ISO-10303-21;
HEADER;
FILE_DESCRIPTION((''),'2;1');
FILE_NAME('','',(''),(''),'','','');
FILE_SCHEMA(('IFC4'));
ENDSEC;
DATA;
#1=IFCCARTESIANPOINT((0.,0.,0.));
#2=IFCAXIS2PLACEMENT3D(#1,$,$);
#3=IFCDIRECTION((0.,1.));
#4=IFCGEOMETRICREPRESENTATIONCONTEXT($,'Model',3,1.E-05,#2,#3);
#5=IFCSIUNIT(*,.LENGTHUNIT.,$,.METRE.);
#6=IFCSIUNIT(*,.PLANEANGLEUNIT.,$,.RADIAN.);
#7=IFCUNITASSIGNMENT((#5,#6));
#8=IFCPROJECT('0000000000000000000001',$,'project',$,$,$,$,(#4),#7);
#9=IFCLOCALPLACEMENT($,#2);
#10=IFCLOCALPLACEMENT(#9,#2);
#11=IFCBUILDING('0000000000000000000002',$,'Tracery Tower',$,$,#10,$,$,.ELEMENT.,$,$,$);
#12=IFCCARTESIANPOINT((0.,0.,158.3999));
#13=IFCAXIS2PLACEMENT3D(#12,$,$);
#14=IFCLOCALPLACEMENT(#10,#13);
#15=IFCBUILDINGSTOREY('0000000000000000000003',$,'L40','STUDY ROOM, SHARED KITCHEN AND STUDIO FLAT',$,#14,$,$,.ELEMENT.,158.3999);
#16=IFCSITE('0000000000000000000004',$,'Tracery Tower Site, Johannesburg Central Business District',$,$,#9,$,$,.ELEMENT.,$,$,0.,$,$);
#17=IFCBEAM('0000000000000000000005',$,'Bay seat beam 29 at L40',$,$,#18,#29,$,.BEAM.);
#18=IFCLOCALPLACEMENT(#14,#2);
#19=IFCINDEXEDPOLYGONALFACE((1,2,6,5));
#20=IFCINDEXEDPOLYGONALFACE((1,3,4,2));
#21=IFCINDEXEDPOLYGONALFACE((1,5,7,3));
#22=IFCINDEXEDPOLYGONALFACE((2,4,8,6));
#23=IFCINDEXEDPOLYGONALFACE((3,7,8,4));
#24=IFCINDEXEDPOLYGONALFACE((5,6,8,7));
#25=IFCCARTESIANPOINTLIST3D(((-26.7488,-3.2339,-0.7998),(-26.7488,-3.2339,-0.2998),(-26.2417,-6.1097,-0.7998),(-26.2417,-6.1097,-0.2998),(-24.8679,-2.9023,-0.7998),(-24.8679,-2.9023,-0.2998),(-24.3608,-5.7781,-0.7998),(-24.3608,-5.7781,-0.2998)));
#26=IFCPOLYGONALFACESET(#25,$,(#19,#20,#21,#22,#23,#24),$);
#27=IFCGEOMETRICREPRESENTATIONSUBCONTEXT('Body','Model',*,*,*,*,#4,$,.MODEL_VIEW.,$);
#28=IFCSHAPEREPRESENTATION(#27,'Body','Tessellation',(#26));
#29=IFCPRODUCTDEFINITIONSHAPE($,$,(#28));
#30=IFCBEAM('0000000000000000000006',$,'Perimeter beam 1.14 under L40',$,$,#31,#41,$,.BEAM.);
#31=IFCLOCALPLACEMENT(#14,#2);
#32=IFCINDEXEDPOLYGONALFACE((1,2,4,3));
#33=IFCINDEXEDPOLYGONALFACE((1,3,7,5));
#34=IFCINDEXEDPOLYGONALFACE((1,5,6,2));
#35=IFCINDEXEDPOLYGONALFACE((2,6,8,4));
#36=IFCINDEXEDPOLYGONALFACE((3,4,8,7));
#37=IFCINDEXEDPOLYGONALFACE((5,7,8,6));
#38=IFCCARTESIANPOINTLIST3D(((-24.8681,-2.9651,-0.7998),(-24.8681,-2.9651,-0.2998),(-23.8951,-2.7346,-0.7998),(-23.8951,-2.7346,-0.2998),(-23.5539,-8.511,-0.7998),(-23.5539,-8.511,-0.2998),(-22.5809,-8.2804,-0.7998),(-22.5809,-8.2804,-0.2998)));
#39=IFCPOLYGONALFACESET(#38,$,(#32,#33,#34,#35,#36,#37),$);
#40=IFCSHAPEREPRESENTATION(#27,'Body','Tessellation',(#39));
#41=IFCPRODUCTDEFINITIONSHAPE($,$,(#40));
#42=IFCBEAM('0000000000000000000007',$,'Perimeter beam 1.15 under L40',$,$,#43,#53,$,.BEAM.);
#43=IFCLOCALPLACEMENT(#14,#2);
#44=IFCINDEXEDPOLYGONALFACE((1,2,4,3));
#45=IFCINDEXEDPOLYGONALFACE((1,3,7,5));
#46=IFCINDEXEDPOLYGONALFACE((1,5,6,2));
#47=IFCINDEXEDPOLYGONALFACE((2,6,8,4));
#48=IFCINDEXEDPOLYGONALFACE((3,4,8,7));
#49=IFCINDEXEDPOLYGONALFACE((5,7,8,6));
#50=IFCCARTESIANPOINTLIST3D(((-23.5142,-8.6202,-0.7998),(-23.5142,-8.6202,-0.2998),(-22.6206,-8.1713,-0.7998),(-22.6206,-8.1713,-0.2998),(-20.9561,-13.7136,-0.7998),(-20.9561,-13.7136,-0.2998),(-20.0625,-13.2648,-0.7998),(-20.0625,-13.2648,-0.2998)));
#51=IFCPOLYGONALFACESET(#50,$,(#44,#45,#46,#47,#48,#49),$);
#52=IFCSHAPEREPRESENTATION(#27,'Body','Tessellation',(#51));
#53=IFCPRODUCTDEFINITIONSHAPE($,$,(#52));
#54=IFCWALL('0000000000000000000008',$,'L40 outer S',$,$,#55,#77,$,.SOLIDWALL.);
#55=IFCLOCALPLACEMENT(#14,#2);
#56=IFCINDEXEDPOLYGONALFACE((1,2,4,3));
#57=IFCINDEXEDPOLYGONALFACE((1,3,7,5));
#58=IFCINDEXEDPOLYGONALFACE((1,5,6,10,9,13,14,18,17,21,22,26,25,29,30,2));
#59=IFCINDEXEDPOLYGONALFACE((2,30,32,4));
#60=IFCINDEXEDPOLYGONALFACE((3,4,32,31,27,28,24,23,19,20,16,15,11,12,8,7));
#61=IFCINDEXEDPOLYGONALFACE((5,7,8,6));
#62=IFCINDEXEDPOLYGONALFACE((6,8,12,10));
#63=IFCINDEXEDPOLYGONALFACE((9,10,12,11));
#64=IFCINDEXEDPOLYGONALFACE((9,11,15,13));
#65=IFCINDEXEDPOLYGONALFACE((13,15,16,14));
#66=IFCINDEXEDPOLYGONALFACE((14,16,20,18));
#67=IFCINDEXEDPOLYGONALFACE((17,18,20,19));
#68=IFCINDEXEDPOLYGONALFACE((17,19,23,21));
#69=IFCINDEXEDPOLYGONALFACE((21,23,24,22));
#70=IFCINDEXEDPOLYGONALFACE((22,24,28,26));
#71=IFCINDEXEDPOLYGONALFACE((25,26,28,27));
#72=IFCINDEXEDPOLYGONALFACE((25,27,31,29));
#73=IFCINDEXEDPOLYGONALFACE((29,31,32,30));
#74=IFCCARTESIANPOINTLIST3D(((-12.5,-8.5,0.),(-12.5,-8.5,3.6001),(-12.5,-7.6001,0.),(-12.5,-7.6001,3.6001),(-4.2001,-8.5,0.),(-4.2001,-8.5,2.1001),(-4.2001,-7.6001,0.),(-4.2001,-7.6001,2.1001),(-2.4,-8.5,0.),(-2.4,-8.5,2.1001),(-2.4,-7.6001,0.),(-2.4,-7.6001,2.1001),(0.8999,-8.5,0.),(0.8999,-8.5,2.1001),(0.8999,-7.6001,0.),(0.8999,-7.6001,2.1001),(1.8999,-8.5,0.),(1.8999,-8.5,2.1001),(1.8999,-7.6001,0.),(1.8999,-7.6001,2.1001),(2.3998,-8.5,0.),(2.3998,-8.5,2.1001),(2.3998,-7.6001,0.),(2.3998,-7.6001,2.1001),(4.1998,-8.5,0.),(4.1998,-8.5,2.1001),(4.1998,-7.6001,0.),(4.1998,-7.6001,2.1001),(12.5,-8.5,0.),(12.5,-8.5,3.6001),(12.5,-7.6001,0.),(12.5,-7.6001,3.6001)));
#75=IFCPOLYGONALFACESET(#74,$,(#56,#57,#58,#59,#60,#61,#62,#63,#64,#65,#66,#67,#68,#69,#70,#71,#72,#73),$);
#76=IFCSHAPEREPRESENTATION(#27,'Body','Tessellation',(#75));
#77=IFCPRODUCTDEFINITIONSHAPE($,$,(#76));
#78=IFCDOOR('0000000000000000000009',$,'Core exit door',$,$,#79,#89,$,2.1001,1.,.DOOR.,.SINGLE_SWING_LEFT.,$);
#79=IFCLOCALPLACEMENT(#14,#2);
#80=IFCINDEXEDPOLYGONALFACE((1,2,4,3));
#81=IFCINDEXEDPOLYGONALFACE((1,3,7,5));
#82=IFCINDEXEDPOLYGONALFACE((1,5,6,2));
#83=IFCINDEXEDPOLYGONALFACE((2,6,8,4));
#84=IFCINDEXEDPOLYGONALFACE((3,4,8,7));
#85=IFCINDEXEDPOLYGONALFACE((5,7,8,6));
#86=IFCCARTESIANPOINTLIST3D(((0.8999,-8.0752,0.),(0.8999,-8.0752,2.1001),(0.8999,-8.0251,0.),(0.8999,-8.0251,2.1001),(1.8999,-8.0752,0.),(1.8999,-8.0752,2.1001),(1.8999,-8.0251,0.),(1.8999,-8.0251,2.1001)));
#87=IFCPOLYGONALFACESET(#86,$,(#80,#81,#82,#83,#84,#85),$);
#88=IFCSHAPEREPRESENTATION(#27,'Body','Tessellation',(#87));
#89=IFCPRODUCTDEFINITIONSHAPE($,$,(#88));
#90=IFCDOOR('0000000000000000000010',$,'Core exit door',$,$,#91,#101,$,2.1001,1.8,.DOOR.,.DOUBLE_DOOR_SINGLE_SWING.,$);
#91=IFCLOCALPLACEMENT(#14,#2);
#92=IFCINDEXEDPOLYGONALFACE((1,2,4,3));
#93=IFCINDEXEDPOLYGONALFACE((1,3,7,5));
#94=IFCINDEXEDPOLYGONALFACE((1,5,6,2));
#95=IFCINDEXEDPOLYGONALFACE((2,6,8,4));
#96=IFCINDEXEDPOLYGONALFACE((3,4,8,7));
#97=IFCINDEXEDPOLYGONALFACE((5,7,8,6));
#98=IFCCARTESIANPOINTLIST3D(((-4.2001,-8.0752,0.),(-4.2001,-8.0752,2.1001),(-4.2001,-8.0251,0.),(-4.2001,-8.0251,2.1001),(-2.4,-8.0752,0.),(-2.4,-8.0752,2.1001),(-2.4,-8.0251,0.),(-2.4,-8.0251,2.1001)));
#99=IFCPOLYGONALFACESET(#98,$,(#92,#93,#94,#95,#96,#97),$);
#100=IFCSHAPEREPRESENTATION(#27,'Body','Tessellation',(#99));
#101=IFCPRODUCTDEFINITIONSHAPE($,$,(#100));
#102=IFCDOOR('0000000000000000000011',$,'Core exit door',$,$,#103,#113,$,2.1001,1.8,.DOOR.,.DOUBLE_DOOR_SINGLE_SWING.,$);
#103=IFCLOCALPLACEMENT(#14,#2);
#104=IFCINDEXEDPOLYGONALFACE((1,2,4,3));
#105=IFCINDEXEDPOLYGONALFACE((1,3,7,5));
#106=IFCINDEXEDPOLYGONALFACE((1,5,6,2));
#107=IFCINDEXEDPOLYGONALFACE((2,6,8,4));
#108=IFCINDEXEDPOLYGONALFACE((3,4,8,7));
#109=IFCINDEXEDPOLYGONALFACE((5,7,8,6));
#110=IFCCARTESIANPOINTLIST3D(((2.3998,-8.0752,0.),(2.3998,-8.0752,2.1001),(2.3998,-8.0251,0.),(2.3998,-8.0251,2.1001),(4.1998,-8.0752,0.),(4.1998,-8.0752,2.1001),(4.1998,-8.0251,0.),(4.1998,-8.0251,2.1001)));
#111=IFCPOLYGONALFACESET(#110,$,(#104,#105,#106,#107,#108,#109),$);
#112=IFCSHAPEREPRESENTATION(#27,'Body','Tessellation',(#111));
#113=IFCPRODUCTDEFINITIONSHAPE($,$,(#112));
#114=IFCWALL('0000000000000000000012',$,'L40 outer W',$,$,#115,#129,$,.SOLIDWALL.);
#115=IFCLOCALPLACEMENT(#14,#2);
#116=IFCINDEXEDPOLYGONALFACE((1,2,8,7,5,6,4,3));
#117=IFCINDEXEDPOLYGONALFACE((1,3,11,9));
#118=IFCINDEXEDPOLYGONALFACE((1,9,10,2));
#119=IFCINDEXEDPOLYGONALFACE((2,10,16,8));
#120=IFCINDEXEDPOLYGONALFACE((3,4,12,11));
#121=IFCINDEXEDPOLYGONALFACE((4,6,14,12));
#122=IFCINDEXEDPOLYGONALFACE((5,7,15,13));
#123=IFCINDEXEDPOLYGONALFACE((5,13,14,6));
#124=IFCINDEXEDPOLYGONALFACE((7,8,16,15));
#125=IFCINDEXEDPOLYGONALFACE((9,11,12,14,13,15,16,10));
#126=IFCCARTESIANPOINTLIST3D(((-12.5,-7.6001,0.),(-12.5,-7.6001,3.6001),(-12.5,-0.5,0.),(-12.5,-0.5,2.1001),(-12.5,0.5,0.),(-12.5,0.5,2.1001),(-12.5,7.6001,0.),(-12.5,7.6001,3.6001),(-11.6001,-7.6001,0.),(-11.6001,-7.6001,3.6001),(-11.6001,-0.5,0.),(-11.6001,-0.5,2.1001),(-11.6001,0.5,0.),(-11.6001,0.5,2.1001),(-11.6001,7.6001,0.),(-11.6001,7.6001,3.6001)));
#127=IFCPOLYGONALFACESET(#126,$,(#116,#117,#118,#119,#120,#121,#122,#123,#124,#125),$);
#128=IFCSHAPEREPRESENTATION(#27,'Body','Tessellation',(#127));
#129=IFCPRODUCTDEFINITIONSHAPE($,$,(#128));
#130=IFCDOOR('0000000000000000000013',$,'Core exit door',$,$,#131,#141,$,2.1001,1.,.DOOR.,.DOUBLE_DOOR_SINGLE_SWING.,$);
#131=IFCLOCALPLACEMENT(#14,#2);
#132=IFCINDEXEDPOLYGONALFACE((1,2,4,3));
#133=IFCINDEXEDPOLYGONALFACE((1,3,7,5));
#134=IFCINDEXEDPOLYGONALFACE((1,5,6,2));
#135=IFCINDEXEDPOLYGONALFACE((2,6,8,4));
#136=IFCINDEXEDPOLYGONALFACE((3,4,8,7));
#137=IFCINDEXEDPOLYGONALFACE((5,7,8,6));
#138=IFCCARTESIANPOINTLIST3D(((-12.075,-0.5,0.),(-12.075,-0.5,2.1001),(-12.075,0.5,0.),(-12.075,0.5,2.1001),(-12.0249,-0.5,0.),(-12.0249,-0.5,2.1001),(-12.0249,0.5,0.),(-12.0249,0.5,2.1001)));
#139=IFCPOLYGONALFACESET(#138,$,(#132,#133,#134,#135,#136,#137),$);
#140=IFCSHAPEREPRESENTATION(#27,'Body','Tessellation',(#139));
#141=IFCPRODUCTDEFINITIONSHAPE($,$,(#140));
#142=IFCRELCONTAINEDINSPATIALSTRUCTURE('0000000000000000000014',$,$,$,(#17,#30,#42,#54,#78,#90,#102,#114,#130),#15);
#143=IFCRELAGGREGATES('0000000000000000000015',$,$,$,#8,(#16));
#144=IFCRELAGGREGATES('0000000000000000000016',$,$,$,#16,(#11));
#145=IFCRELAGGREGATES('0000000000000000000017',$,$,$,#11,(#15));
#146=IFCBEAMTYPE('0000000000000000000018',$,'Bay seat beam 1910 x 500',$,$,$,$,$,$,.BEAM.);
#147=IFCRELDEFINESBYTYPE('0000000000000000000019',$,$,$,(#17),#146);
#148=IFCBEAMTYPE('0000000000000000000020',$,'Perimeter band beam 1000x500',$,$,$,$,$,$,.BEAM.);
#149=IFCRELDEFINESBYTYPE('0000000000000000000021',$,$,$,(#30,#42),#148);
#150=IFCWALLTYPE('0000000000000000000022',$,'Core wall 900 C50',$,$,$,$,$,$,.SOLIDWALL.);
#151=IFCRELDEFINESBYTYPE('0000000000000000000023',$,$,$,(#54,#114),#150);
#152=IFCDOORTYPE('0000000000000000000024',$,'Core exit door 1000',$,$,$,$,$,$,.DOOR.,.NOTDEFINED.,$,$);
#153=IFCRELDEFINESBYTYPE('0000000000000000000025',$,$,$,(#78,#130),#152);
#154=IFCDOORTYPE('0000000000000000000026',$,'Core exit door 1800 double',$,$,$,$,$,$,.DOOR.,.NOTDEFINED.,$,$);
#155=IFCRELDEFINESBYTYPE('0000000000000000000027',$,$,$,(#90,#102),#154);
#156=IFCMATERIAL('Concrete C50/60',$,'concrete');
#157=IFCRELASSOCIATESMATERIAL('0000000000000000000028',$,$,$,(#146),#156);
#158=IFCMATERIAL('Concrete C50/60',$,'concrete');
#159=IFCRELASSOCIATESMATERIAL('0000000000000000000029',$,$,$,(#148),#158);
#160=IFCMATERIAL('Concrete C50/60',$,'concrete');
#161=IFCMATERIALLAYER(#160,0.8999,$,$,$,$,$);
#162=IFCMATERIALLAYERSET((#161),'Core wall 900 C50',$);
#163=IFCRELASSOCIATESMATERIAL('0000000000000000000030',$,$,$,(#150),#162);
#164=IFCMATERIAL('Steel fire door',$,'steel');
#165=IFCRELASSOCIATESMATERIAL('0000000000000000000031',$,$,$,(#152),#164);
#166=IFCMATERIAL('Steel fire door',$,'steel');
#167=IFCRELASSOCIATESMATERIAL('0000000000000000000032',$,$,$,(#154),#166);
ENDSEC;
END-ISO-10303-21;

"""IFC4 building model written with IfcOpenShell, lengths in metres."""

from ifc_helpers import new_model, si_unit, direction, frame, frame_2d, origin, origin_2d, place, context, subcontext, project, spatial, rectangle, extrude, material, layer, layer_set, material_profile, profile_set, type_object, element, fill, save


model = new_model("IFC4")

# Units and contexts
model_context = context("Model", 3, precision=1e-05, world=origin(), true_north=direction((0.0, 1.0)))
body_context = subcontext(model_context, "Body", "Model", "MODEL_VIEW")
ifc_project = project(units=[si_unit("LENGTHUNIT", "METRE"), si_unit("PLANEANGLEUNIT", "RADIAN")], contexts=[model_context])

# Site, building, storey
site_placement = place(None, origin())
site = spatial("IfcSite", under=ifc_project, at=site_placement, Name="Tracery Tower Site, Johannesburg Central Business District", CompositionType="ELEMENT", RefElevation=0.0)
building_placement = place(site_placement, origin())
building = spatial("IfcBuilding", under=site, at=building_placement, Name="Tracery Tower", CompositionType="ELEMENT")
storey_placement = place(building_placement, frame((0.0, 0.0, 158.3999)))
storey = spatial("IfcBuildingStorey", under=building, at=storey_placement, Name="L40", Description="STUDY ROOM, SHARED KITCHEN AND STUDIO FLAT", CompositionType="ELEMENT", Elevation=158.3999)

# Beams
ifc_material_1 = material(Name="Concrete C50/60", Category="concrete")
ifc_material_profile_1 = material_profile(ifc_material_1, rectangle(XDim=1.9099, YDim=0.5, at=origin_2d()), Name="RC 1910x500")
ifc_profile_set_1 = profile_set([ifc_material_profile_1], Name="Concrete C50/60")
beam_type_1 = type_object("IfcBeamType", Name="Bay seat beam 1910 x 500", PredefinedType="BEAM", material=ifc_profile_set_1)
beam_1_placement = place(storey_placement, frame((-25.8083, -3.0681, -0.5498), z_axis=(0.173652, -0.984807, 0.0), x_axis=(0.984807, 0.173652, 0.0)))
element("IfcBeam", 1, at=beam_1_placement, inside=storey, type_object=beam_type_1, Name="Bay seat beam 29 at L40", PredefinedType="BEAM", context=body_context, shape_type="SweptSolid", body=[
    extrude(rectangle(XDim=1.9099, YDim=0.5, at=origin_2d()), origin(), (0.0, 0.0, 1.0), 2.9202),
])
ifc_material_2 = material(Name="Concrete C50/60", Category="concrete")
ifc_material_profile_2 = material_profile(ifc_material_2, rectangle(XDim=1.0, YDim=0.5, at=origin_2d()), Name="RC 1000x500")
ifc_profile_set_2 = profile_set([ifc_material_profile_2], Name="Concrete C50/60")
beam_type_2 = type_object("IfcBeamType", Name="Perimeter band beam 1000x500", PredefinedType="BEAM", material=ifc_profile_set_2)
beam_2_placement = place(storey_placement, frame((-24.3816, -2.8499, -0.5498), z_axis=(0.230584, -0.973052, 0.0), x_axis=(0.973052, 0.230584, 0.0)))
element("IfcBeam", 2, at=beam_2_placement, inside=storey, type_object=beam_type_2, Name="Perimeter beam 1.14 under L40", PredefinedType="BEAM", context=body_context, shape_type="SweptSolid", body=[
    extrude(rectangle(XDim=1.0, YDim=0.5, at=origin_2d()), origin(), (0.0, 0.0, 1.0), 5.6995),
])
beam_3_placement = place(storey_placement, frame((-23.0674, -8.3958, -0.5498), z_axis=(0.448806, -0.893629, 0.0), x_axis=(0.893629, 0.448806, 0.0)))
element("IfcBeam", 3, at=beam_3_placement, inside=storey, type_object=beam_type_2, Name="Perimeter beam 1.15 under L40", PredefinedType="BEAM", context=body_context, shape_type="SweptSolid", body=[
    extrude(rectangle(XDim=1.0, YDim=0.5, at=origin_2d()), origin(), (0.0, 0.0, 1.0), 5.6997),
])

# Wall, openings, doors
ifc_material_3 = material(Name="Concrete C50/60", Category="concrete")
ifc_layer_1 = layer(ifc_material_3, 0.8999)
ifc_layer_set_1 = layer_set([ifc_layer_1], Name="Core wall 900 C50")
wall_type_1 = type_object("IfcWallType", Name="Core wall 900 C50", PredefinedType="SOLIDWALL", material=ifc_layer_set_1)
wall_1_placement = place(storey_placement, frame((-12.5, -8.05, 0.0), z_axis=(0.0, 0.0, 1.0), x_axis=(1.0, 0.0, 0.0)))
wall_1 = element("IfcWall", 4, at=wall_1_placement, inside=storey, type_object=wall_type_1, Name="L40 outer S", PredefinedType="SOLIDWALL", context=body_context, shape_type="SweptSolid", body=[
    extrude(rectangle(XDim=25.0, YDim=0.8999, at=frame_2d((12.5, 0.0))), origin(), (0.0, 0.0, 1.0), 3.6001),
])
opening_1_placement = place(wall_1_placement, frame((13.3999, 0.0, 0.0)))
opening_1 = element("IfcOpeningElement", 5, at=opening_1_placement, cuts=wall_1, PredefinedType="OPENING", context=body_context, shape_type="SweptSolid", body=[
    extrude(rectangle(XDim=1.0, YDim=2.1001, at=frame_2d((0.5, 1.05))), frame((0.0, 0.45, 0.0), z_axis=(0.0, -1.0, 0.0), x_axis=(1.0, 0.0, 0.0)), (0.0, 0.0, 1.0), 0.8999),
])
opening_2_placement = place(wall_1_placement, frame((8.3, 0.0, 0.0)))
opening_2 = element("IfcOpeningElement", 6, at=opening_2_placement, cuts=wall_1, PredefinedType="OPENING", context=body_context, shape_type="SweptSolid", body=[
    extrude(rectangle(XDim=1.8, YDim=2.1001, at=frame_2d((0.8999, 1.05))), frame((0.0, 0.45, 0.0), z_axis=(0.0, -1.0, 0.0), x_axis=(1.0, 0.0, 0.0)), (0.0, 0.0, 1.0), 0.8999),
])
opening_3_placement = place(wall_1_placement, frame((14.8999, 0.0, 0.0)))
opening_3 = element("IfcOpeningElement", 7, at=opening_3_placement, cuts=wall_1, PredefinedType="OPENING", context=body_context, shape_type="SweptSolid", body=[
    extrude(rectangle(XDim=1.8, YDim=2.1001, at=frame_2d((0.8999, 1.05))), frame((0.0, 0.45, 0.0), z_axis=(0.0, -1.0, 0.0), x_axis=(1.0, 0.0, 0.0)), (0.0, 0.0, 1.0), 0.8999),
])
ifc_material_4 = material(Name="Steel fire door", Category="steel")
door_type_1 = type_object("IfcDoorType", Name="Core exit door 1000", OperationType="NOTDEFINED", PredefinedType="DOOR", material=ifc_material_4)
door_1_placement = place(opening_1_placement, origin())
door_1 = element("IfcDoor", 8, at=door_1_placement, inside=storey, type_object=door_type_1, Name="Core exit door", OperationType="SINGLE_SWING_LEFT", OverallHeight=2.1001, OverallWidth=1.0, PredefinedType="DOOR", context=body_context, shape_type="SweptSolid", body=[
    extrude(rectangle(XDim=1.0, YDim=2.1001, at=frame_2d((0.5, 1.05))), frame((0.0, 0.0249, 0.0), z_axis=(0.0, -1.0, 0.0), x_axis=(1.0, 0.0, 0.0)), (0.0, 0.0, 1.0), 0.05),
])
fill(opening_1, door_1)
ifc_material_5 = material(Name="Steel fire door", Category="steel")
door_type_2 = type_object("IfcDoorType", Name="Core exit door 1800 double", OperationType="NOTDEFINED", PredefinedType="DOOR", material=ifc_material_5)
door_2_placement = place(opening_2_placement, origin())
door_2 = element("IfcDoor", 9, at=door_2_placement, inside=storey, type_object=door_type_2, Name="Core exit door", OperationType="DOUBLE_DOOR_SINGLE_SWING", OverallHeight=2.1001, OverallWidth=1.8, PredefinedType="DOOR", context=body_context, shape_type="SweptSolid", body=[
    extrude(rectangle(XDim=1.8, YDim=2.1001, at=frame_2d((0.8999, 1.05))), frame((0.0, 0.0249, 0.0), z_axis=(0.0, -1.0, 0.0), x_axis=(1.0, 0.0, 0.0)), (0.0, 0.0, 1.0), 0.05),
])
fill(opening_2, door_2)
door_3_placement = place(opening_3_placement, origin())
door_3 = element("IfcDoor", 10, at=door_3_placement, inside=storey, type_object=door_type_2, Name="Core exit door", OperationType="DOUBLE_DOOR_SINGLE_SWING", OverallHeight=2.1001, OverallWidth=1.8, PredefinedType="DOOR", context=body_context, shape_type="SweptSolid", body=[
    extrude(rectangle(XDim=1.8, YDim=2.1001, at=frame_2d((0.8999, 1.05))), frame((0.0, 0.0249, 0.0), z_axis=(0.0, -1.0, 0.0), x_axis=(1.0, 0.0, 0.0)), (0.0, 0.0, 1.0), 0.05),
])
fill(opening_3, door_3)

# Wall, opening, door
wall_2_placement = place(storey_placement, frame((-12.05, -7.6001, 0.0), z_axis=(0.0, 0.0, 1.0), x_axis=(0.0, 1.0, 0.0)))
wall_2 = element("IfcWall", 11, at=wall_2_placement, inside=storey, type_object=wall_type_1, Name="L40 outer W", PredefinedType="SOLIDWALL", context=body_context, shape_type="SweptSolid", body=[
    extrude(rectangle(XDim=15.2002, YDim=0.8999, at=frame_2d((7.6001, 0.0))), origin(), (0.0, 0.0, 1.0), 3.6001),
])
opening_4_placement = place(wall_2_placement, frame((7.1001, 0.0, 0.0)))
opening_4 = element("IfcOpeningElement", 12, at=opening_4_placement, cuts=wall_2, PredefinedType="OPENING", context=body_context, shape_type="SweptSolid", body=[
    extrude(rectangle(XDim=1.0, YDim=2.1001, at=frame_2d((0.5, 1.05))), frame((0.0, 0.45, 0.0), z_axis=(0.0, -1.0, 0.0), x_axis=(1.0, 0.0, 0.0)), (0.0, 0.0, 1.0), 0.8999),
])
door_4_placement = place(opening_4_placement, origin())
door_4 = element("IfcDoor", 13, at=door_4_placement, inside=storey, type_object=door_type_1, Name="Core exit door", OperationType="DOUBLE_DOOR_SINGLE_SWING", OverallHeight=2.1001, OverallWidth=1.0, PredefinedType="DOOR", context=body_context, shape_type="SweptSolid", body=[
    extrude(rectangle(XDim=1.0, YDim=2.1001, at=frame_2d((0.5, 1.05))), frame((0.0, 0.0249, 0.0), z_axis=(0.0, -1.0, 0.0), x_axis=(1.0, 0.0, 0.0)), (0.0, 0.0, 1.0), 0.05),
])
fill(opening_4, door_4)

save(model, "model.ifc")
